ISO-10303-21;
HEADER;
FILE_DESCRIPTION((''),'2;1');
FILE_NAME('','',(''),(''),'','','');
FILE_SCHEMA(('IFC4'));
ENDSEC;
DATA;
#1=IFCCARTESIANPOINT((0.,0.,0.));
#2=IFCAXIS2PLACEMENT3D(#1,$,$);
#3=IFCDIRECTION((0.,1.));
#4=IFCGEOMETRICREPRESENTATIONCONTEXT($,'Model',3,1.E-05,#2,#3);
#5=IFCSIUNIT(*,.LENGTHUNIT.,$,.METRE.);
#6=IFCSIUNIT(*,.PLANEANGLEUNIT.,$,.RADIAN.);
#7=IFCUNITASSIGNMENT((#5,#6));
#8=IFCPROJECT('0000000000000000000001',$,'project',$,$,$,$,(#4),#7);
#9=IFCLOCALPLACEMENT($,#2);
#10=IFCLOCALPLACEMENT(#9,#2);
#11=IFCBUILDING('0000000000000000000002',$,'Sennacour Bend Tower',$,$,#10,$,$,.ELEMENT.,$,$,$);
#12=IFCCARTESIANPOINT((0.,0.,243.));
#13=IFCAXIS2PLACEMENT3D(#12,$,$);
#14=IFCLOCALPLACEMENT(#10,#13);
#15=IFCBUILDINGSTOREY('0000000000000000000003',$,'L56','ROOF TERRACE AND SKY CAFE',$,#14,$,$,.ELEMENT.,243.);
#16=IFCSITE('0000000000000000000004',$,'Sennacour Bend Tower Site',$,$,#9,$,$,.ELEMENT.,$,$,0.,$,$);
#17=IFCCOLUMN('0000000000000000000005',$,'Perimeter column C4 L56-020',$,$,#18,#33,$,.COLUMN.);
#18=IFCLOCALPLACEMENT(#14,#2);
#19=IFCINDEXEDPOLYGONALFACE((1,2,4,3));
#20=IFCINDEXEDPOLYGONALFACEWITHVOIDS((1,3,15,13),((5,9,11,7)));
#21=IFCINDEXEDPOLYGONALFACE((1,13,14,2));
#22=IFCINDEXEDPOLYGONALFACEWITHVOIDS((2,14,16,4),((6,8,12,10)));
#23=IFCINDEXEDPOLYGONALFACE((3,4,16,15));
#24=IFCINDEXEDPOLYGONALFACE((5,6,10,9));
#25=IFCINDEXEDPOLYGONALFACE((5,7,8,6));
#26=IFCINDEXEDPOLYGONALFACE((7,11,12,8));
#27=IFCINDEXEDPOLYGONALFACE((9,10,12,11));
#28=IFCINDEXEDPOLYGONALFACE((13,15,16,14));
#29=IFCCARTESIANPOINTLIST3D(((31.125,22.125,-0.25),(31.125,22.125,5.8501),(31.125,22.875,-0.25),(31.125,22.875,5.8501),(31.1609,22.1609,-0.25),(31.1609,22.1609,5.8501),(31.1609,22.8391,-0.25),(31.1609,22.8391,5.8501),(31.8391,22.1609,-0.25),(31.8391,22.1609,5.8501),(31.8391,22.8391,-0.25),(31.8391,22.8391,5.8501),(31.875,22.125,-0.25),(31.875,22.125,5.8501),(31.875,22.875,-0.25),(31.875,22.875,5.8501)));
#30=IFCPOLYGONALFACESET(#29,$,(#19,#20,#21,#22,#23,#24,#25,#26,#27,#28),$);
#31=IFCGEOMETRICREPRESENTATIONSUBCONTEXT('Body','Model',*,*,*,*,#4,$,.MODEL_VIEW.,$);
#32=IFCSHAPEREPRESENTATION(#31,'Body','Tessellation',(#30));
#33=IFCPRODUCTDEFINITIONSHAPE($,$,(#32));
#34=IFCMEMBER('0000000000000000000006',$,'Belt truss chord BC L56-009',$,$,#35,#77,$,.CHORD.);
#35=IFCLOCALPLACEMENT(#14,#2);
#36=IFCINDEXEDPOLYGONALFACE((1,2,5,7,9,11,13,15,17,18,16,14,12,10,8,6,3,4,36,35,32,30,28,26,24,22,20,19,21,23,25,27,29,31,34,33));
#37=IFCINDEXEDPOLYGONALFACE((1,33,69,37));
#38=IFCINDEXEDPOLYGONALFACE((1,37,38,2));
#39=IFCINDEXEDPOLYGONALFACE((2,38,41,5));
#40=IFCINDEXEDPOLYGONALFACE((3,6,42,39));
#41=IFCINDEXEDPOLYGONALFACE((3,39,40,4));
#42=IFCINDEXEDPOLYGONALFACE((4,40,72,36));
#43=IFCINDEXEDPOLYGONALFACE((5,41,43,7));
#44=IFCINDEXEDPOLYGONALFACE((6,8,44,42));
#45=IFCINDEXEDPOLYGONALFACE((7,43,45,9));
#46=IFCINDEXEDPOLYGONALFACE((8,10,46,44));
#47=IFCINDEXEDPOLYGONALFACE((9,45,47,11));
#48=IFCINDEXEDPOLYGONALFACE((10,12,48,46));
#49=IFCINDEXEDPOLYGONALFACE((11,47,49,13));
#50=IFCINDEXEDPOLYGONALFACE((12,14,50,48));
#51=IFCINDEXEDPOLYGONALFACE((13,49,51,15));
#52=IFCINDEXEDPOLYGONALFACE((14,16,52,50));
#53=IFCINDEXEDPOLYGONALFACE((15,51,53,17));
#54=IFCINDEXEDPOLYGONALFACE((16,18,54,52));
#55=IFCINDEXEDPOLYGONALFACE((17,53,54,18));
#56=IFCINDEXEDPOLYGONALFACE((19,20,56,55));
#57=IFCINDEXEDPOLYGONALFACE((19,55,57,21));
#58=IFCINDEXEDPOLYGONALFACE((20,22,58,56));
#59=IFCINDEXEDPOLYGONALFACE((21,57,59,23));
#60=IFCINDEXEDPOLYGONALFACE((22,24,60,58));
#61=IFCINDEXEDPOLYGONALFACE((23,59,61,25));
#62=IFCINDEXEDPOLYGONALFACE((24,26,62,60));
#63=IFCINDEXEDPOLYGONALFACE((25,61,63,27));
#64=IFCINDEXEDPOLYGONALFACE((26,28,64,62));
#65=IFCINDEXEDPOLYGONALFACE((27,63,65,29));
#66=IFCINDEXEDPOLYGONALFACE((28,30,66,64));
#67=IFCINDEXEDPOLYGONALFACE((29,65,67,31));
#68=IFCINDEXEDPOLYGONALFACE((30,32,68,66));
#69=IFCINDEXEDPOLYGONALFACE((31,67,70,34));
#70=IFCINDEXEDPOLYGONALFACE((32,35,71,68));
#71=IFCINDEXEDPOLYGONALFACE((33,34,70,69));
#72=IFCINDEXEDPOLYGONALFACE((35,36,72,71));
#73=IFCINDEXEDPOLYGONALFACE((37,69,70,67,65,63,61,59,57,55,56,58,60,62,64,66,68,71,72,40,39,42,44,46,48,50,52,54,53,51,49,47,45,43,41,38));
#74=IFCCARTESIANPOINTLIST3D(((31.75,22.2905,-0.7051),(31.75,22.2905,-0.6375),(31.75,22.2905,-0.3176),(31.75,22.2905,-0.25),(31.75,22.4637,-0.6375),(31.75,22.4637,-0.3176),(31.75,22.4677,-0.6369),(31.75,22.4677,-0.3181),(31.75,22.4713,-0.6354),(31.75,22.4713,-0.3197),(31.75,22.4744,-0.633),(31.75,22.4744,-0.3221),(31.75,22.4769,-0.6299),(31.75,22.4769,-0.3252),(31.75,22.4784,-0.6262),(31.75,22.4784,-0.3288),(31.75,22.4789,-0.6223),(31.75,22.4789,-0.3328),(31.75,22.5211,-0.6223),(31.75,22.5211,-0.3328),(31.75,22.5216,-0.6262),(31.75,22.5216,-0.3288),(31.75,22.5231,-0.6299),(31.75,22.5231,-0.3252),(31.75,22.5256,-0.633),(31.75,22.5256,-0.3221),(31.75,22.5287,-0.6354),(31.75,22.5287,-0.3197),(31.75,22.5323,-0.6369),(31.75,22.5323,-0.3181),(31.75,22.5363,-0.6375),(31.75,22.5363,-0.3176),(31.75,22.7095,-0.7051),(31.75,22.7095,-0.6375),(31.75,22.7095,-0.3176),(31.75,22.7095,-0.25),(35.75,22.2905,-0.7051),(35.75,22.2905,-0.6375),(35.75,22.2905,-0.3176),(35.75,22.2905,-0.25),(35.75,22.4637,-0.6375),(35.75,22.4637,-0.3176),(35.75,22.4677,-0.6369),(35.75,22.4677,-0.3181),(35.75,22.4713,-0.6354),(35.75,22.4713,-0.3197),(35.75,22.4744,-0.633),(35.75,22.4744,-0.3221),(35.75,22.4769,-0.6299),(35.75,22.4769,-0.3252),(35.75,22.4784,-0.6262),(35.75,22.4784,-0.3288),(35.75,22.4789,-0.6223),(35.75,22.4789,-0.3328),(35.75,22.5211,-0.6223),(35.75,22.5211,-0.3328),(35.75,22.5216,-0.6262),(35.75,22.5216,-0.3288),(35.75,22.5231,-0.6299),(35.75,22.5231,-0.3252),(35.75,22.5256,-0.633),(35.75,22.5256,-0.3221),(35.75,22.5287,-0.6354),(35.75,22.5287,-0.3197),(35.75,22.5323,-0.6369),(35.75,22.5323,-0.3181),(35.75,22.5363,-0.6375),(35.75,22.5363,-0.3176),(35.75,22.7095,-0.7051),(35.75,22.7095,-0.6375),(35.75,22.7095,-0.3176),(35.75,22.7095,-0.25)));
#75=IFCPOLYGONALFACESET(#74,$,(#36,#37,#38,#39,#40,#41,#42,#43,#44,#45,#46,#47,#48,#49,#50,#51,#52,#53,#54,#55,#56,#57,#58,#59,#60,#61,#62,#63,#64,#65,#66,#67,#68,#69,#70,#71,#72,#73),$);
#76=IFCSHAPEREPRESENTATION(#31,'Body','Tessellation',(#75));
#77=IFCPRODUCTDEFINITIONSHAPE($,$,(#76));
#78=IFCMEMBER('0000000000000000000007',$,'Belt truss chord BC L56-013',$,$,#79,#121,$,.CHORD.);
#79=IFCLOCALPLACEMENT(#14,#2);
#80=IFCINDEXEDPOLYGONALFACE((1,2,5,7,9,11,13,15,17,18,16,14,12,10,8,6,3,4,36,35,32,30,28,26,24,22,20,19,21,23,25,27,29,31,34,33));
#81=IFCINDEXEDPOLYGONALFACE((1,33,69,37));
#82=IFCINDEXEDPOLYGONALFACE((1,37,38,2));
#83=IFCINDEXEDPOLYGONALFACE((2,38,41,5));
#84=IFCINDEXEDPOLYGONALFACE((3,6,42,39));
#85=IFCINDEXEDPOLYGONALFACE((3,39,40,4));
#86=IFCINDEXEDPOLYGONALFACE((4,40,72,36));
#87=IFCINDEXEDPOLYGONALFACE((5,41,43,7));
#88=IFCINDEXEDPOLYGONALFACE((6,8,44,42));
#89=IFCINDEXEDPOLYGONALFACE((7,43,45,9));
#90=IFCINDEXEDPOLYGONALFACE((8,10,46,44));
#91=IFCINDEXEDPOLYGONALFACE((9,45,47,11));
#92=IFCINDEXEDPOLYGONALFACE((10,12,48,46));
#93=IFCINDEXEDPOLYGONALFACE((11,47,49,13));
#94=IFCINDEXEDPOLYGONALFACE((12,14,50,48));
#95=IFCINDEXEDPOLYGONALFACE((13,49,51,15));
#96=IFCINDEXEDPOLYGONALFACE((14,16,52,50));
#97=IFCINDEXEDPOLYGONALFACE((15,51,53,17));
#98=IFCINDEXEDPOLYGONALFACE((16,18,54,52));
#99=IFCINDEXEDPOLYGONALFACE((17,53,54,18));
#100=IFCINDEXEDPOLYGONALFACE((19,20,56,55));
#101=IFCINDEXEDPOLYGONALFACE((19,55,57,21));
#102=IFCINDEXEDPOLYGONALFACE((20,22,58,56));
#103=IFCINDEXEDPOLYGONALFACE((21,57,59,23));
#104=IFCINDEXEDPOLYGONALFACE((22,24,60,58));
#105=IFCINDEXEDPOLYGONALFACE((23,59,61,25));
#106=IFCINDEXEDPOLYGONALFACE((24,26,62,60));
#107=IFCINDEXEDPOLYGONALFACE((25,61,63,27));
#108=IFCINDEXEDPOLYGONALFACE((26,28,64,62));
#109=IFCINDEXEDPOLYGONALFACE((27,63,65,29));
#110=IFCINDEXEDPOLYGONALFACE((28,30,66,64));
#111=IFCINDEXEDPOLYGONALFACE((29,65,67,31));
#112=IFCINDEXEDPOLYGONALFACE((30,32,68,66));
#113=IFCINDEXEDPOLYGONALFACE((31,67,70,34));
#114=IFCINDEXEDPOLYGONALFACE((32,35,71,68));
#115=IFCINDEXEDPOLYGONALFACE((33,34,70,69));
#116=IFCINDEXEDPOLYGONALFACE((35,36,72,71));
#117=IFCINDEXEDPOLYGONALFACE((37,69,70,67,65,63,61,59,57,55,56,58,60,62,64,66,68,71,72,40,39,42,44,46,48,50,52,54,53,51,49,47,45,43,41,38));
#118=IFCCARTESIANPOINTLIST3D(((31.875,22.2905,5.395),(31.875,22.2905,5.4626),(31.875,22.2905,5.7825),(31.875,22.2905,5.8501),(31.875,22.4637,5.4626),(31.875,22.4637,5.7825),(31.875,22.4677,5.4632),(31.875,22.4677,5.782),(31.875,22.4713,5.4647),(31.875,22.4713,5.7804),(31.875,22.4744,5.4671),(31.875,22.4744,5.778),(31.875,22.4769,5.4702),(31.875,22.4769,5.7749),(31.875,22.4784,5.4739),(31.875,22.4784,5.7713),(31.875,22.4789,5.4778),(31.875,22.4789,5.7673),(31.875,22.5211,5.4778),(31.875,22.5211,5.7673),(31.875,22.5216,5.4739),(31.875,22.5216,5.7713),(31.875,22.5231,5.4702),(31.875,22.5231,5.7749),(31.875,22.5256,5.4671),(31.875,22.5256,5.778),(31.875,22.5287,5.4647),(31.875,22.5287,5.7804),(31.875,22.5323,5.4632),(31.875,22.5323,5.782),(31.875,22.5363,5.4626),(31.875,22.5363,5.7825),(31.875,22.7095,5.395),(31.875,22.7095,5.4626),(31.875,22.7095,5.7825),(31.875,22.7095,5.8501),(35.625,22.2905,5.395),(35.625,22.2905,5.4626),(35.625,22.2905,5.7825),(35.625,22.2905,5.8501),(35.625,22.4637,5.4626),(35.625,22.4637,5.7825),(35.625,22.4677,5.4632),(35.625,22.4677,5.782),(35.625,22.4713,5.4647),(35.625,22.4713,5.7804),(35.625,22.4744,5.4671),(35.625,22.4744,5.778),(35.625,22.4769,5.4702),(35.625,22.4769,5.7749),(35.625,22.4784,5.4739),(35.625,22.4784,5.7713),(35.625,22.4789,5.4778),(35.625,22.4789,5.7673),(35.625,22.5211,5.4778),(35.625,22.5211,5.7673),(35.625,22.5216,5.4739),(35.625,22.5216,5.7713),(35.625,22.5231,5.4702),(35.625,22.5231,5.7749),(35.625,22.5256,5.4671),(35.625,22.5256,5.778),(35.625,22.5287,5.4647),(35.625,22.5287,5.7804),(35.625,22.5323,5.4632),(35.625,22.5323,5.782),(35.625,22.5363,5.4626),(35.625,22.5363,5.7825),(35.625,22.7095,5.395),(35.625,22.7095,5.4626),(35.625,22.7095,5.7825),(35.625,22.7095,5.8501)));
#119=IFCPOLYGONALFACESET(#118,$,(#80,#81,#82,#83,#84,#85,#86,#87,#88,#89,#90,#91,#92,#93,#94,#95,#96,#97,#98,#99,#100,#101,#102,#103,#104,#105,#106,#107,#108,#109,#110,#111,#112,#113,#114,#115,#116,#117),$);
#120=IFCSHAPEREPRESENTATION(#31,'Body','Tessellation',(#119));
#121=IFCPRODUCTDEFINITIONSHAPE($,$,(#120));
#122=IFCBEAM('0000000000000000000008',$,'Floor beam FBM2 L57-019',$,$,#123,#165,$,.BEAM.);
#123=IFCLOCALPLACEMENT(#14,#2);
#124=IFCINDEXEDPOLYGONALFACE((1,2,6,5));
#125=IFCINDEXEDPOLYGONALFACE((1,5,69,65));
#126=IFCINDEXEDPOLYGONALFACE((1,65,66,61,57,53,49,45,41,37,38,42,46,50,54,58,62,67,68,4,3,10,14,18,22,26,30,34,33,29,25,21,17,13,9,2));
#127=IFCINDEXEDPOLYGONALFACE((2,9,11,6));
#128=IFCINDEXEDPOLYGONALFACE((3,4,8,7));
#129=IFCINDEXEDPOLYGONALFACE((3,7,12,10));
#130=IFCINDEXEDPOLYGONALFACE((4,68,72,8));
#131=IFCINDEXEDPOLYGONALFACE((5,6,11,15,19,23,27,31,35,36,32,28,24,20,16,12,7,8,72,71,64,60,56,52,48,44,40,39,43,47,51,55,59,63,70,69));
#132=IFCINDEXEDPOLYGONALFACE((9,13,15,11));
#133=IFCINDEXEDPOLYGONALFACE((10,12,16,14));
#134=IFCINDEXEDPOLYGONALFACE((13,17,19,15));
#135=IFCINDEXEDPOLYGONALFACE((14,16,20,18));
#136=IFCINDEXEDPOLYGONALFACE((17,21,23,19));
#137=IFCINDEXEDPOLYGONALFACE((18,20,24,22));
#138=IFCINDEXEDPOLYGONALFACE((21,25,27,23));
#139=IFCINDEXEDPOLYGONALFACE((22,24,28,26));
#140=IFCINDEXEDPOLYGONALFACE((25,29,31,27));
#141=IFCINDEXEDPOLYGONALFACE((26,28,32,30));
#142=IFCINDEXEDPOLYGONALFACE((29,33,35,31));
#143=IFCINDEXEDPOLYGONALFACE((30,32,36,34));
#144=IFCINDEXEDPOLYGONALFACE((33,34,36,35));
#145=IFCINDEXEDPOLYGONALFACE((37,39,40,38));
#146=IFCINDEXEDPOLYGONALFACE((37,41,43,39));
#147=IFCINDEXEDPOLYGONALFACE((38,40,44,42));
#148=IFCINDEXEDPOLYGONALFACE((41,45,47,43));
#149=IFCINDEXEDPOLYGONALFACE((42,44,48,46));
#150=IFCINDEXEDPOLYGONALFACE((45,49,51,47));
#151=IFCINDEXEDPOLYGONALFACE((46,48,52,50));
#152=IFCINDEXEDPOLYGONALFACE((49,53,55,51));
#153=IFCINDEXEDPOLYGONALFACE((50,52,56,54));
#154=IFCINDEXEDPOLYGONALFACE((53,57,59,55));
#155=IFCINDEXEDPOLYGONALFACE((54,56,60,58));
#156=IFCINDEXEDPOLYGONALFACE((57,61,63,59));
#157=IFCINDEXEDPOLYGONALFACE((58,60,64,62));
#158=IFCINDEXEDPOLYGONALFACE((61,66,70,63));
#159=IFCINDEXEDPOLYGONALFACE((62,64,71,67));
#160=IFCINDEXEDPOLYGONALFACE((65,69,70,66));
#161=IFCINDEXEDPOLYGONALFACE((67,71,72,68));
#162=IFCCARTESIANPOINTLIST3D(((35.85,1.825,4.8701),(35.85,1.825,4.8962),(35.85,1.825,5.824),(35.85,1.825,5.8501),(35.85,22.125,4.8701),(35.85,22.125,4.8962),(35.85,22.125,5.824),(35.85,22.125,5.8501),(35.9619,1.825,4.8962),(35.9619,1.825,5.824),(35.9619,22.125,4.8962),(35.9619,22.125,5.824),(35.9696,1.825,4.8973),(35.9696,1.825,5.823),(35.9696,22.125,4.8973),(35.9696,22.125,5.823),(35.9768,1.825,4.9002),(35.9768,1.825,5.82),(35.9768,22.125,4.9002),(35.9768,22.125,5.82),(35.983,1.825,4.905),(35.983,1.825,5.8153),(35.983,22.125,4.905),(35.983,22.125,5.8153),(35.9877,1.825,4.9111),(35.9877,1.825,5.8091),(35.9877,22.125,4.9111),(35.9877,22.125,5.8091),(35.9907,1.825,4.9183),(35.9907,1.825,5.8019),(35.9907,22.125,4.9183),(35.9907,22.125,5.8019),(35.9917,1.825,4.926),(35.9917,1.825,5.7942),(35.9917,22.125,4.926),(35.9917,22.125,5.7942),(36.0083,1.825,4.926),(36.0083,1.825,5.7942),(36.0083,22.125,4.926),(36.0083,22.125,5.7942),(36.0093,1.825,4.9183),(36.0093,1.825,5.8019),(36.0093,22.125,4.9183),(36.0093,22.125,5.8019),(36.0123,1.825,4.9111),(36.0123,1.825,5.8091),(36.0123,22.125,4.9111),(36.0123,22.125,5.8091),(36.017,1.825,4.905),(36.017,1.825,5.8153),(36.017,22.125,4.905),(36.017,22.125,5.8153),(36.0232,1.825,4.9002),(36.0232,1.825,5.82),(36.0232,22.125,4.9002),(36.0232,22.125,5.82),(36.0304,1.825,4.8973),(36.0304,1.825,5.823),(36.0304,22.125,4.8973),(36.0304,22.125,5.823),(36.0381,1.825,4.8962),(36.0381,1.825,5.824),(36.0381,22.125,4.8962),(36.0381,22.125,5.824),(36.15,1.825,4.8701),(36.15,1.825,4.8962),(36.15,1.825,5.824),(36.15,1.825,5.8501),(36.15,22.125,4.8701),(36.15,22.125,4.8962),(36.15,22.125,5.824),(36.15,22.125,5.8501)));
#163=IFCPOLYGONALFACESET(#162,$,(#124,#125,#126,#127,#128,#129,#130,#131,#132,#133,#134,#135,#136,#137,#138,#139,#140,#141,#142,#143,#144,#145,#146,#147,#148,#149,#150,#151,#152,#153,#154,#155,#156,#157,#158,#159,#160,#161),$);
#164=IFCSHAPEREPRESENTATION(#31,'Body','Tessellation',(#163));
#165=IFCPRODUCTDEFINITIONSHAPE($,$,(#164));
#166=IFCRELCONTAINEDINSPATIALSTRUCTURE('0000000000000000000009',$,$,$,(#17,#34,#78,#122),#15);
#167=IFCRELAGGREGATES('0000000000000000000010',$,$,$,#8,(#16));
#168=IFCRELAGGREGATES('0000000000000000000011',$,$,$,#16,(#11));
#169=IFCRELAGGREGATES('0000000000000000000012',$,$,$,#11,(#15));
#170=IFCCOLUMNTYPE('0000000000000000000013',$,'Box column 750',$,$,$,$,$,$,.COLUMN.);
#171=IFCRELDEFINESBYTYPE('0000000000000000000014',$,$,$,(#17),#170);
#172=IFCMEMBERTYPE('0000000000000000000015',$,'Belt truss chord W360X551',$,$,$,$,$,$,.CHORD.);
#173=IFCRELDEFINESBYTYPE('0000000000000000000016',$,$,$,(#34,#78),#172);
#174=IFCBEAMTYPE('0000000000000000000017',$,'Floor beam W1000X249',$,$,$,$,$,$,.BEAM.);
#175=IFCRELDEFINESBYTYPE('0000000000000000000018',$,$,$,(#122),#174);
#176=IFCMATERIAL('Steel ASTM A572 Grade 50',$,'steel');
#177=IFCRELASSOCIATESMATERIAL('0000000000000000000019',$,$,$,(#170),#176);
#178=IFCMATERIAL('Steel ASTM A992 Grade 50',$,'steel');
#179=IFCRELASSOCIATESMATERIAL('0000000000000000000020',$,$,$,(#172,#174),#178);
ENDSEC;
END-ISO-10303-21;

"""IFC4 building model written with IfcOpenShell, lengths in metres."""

from ifc_helpers import new_model, si_unit, direction, frame, origin, origin_2d, place, context, subcontext, project, spatial, hollow_rectangle, i_section, extrude, material, material_profile, profile_set, type_object, element, save


model = new_model("IFC4")

# Units and contexts
model_context = context("Model", 3, precision=1e-05, world=origin(), true_north=direction((0.0, 1.0)))
body_context = subcontext(model_context, "Body", "Model", "MODEL_VIEW")
ifc_project = project(units=[si_unit("LENGTHUNIT", "METRE"), si_unit("PLANEANGLEUNIT", "RADIAN")], contexts=[model_context])

# Site, building, storey
site_placement = place(None, origin())
site = spatial("IfcSite", under=ifc_project, at=site_placement, Name="Sennacour Bend Tower Site", CompositionType="ELEMENT", RefElevation=0.0)
building_placement = place(site_placement, origin())
building = spatial("IfcBuilding", under=site, at=building_placement, Name="Sennacour Bend Tower", CompositionType="ELEMENT")
storey_placement = place(building_placement, frame((0.0, 0.0, 243.0)))
storey = spatial("IfcBuildingStorey", under=building, at=storey_placement, Name="L56", Description="ROOF TERRACE AND SKY CAFE", CompositionType="ELEMENT", Elevation=243.0)

# Column
ifc_material_1 = material(Name="Steel ASTM A572 Grade 50", Category="steel")
ifc_material_profile_1 = material_profile(ifc_material_1, hollow_rectangle(XDim=0.75, YDim=0.75, WallThickness=0.0359, at=origin_2d()), Name="Steel ASTM A572 Grade 50", Category="steel")
ifc_profile_set_1 = profile_set([ifc_material_profile_1], Name="Steel ASTM A572 Grade 50")
column_type = type_object("IfcColumnType", Name="Box column 750", PredefinedType="COLUMN", material=ifc_profile_set_1)
column_placement = place(storey_placement, frame((31.5, 22.5, -0.25), z_axis=(0.0, 0.0, 1.0), x_axis=(1.0, 0.0, 0.0)))
element("IfcColumn", 1, at=column_placement, inside=storey, type_object=column_type, Name="Perimeter column C4 L56-020", PredefinedType="COLUMN", context=body_context, shape_type="SweptSolid", body=[
    extrude(hollow_rectangle(XDim=0.75, YDim=0.75, WallThickness=0.0359, at=origin_2d()), origin(), (0.0, 0.0, 1.0), 6.1001),
])

# Members
ifc_material_2 = material(Name="Steel ASTM A992 Grade 50", Category="steel")
ifc_material_profile_2 = material_profile(ifc_material_2, i_section(OverallWidth=0.4189, OverallDepth=0.4551, WebThickness=0.0422, FlangeThickness=0.0676, FilletRadius=0.0151, at=origin_2d()), Name="Steel ASTM A992 Grade 50", Category="steel")
ifc_profile_set_2 = profile_set([ifc_material_profile_2], Name="Steel ASTM A992 Grade 50")
member_type = type_object("IfcMemberType", Name="Belt truss chord W360X551", PredefinedType="CHORD", material=ifc_profile_set_2)
member_1_placement = place(storey_placement, frame((31.75, 22.5, -0.4775), z_axis=(1.0, 0.0, 0.0), x_axis=(0.0, 1.0, 0.0)))
element("IfcMember", 2, at=member_1_placement, inside=storey, type_object=member_type, Name="Belt truss chord BC L56-009", PredefinedType="CHORD", context=body_context, shape_type="SweptSolid", body=[
    extrude(i_section(OverallWidth=0.4189, OverallDepth=0.4551, WebThickness=0.0422, FlangeThickness=0.0676, FilletRadius=0.0151, at=origin_2d()), origin(), (0.0, 0.0, 1.0), 4.0),
])
member_2_placement = place(storey_placement, frame((31.875, 22.5, 5.6226), z_axis=(1.0, 0.0, 0.0), x_axis=(0.0, 1.0, 0.0)))
element("IfcMember", 3, at=member_2_placement, inside=storey, type_object=member_type, Name="Belt truss chord BC L56-013", PredefinedType="CHORD", context=body_context, shape_type="SweptSolid", body=[
    extrude(i_section(OverallWidth=0.4189, OverallDepth=0.4551, WebThickness=0.0422, FlangeThickness=0.0676, FilletRadius=0.0151, at=origin_2d()), origin(), (0.0, 0.0, 1.0), 3.75),
])

# Beam
ifc_material_profile_3 = material_profile(ifc_material_2, i_section(OverallWidth=0.3, OverallDepth=0.98, WebThickness=0.0166, FlangeThickness=0.0261, FilletRadius=0.0298, at=origin_2d()), Name="Steel ASTM A992 Grade 50", Category="steel")
ifc_profile_set_3 = profile_set([ifc_material_profile_3], Name="Steel ASTM A992 Grade 50")
beam_type = type_object("IfcBeamType", Name="Floor beam W1000X249", PredefinedType="BEAM", material=ifc_profile_set_3)
for number, where, z_axis, x_axis, name in (
    (4, (36.0, 1.825, 5.3601), (0.0, 1.0, 0.0), (-1.0, 0.0, 0.0), "Floor beam FBM2 L57-019"),
):
    element("IfcBeam", number, at=place(storey_placement, frame(where, z_axis=z_axis, x_axis=x_axis)), inside=storey, type_object=beam_type, Name=name, PredefinedType="BEAM", context=body_context, shape_type="SweptSolid", body=[
        extrude(i_section(OverallWidth=0.3, OverallDepth=0.98, WebThickness=0.0166, FlangeThickness=0.0261, FilletRadius=0.0298, at=origin_2d()), origin(), (0.0, 0.0, 1.0), 20.3),
    ])

save(model, "model.ifc")
